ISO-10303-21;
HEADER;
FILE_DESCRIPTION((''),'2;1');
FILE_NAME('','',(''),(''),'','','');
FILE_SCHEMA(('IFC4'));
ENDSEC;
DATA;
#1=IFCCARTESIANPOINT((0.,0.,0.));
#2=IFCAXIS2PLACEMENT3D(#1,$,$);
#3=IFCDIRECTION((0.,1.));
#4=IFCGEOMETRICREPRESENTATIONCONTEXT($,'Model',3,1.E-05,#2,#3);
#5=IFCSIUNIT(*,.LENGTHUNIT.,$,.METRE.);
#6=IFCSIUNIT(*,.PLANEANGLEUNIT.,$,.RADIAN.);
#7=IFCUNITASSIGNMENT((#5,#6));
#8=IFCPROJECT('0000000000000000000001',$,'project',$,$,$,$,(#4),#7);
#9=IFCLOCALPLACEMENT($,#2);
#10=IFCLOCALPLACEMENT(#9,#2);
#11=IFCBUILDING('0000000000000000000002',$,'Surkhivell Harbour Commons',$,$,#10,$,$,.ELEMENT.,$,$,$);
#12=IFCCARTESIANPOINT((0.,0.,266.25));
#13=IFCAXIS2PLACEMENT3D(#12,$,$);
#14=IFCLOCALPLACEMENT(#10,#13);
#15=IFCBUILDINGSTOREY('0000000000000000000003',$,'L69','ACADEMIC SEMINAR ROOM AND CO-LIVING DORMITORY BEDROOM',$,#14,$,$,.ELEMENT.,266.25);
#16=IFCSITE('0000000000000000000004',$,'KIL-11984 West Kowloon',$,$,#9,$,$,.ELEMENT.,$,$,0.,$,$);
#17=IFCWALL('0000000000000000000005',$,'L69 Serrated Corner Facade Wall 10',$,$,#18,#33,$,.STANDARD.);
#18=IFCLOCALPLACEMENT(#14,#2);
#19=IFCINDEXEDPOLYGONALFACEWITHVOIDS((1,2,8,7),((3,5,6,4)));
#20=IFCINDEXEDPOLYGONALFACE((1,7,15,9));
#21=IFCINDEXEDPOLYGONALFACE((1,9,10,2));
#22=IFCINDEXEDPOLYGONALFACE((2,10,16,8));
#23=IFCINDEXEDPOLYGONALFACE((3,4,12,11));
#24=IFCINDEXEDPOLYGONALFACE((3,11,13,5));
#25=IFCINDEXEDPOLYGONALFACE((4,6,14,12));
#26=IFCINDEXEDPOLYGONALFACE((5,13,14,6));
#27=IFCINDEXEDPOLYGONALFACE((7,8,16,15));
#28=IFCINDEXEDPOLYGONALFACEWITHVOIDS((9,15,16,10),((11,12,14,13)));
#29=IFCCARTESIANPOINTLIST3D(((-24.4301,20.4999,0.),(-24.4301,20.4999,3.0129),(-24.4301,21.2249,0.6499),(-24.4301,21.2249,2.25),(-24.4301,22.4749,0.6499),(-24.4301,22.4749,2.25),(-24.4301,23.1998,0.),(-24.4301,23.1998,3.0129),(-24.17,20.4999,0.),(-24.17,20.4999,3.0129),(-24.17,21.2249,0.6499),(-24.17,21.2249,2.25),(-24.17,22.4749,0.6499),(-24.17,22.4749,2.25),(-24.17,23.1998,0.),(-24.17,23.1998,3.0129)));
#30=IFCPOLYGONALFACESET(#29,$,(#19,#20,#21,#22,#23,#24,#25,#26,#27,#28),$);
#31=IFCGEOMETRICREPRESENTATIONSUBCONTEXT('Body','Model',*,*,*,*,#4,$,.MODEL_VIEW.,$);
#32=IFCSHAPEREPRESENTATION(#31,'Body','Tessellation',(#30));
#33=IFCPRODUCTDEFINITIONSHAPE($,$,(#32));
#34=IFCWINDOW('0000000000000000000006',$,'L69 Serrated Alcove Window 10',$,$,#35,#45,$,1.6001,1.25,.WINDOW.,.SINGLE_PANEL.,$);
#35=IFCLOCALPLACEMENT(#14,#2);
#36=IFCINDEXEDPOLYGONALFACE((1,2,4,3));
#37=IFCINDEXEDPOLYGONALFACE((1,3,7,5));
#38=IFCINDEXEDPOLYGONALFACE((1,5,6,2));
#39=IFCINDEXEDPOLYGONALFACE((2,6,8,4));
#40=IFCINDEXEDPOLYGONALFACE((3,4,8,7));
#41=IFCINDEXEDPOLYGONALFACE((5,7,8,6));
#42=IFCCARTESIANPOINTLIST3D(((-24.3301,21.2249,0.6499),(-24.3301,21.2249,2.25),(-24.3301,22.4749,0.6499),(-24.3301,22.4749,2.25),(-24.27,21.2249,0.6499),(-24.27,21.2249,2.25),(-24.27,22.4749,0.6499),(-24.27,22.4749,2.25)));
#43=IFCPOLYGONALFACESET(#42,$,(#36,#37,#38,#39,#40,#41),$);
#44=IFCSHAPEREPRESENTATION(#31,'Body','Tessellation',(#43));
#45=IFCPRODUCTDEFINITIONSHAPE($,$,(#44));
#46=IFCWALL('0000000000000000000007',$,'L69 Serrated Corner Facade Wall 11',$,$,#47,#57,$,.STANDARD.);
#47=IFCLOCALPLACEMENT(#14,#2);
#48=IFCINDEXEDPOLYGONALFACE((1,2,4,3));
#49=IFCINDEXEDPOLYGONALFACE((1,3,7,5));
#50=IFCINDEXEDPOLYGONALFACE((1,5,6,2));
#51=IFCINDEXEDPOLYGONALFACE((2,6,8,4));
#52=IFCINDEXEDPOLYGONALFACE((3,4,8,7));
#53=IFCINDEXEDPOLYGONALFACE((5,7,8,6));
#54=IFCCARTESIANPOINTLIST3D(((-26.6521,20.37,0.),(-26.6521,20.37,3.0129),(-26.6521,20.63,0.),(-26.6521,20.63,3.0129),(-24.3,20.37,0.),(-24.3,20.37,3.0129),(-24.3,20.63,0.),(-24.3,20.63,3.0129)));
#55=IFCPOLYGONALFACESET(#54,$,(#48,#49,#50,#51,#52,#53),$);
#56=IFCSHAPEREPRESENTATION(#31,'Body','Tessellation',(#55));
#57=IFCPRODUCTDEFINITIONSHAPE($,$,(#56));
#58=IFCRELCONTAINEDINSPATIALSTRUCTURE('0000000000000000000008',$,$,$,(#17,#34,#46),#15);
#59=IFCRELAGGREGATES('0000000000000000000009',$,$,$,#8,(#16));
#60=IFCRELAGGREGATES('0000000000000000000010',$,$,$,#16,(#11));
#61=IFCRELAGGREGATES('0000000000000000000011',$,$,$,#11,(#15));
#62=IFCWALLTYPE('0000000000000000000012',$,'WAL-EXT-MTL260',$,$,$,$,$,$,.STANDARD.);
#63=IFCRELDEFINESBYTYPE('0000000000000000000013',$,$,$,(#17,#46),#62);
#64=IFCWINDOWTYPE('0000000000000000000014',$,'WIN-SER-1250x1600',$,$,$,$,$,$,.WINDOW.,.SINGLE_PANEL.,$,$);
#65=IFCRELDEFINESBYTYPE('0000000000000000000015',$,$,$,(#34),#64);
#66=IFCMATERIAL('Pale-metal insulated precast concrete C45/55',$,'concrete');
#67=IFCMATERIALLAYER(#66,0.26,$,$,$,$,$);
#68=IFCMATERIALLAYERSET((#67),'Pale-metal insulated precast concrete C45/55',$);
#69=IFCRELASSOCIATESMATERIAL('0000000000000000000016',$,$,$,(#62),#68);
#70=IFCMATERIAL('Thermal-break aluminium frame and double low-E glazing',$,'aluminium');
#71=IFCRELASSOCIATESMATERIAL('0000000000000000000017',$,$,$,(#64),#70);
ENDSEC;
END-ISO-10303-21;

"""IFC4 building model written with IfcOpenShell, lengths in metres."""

from ifc_helpers import new_model, si_unit, direction, frame, frame_2d, origin, place, context, subcontext, project, spatial, rectangle, extrude, material, layer, layer_set, type_object, element, fill, save


model = new_model("IFC4")

# Units and contexts
model_context = context("Model", 3, precision=1e-05, world=origin(), true_north=direction((0.0, 1.0)))
body_context = subcontext(model_context, "Body", "Model", "MODEL_VIEW")
ifc_project = project(units=[si_unit("LENGTHUNIT", "METRE"), si_unit("PLANEANGLEUNIT", "RADIAN")], contexts=[model_context])

# Site, building, storey
site_placement = place(None, origin())
site = spatial("IfcSite", under=ifc_project, at=site_placement, Name="KIL-11984 West Kowloon", CompositionType="ELEMENT", RefElevation=0.0)
building_placement = place(site_placement, origin())
building = spatial("IfcBuilding", under=site, at=building_placement, Name="Surkhivell Harbour Commons", CompositionType="ELEMENT")
storey_placement = place(building_placement, frame((0.0, 0.0, 266.25)))
storey = spatial("IfcBuildingStorey", under=building, at=storey_placement, Name="L69", Description="ACADEMIC SEMINAR ROOM AND CO-LIVING DORMITORY BEDROOM", CompositionType="ELEMENT", Elevation=266.25)

# Shared definitions
ifc_material_1 = material(Name="Pale-metal insulated precast concrete C45/55", Category="concrete")
ifc_layer_1 = layer(ifc_material_1, 0.26)
ifc_layer_set_1 = layer_set([ifc_layer_1], Name="Pale-metal insulated precast concrete C45/55")
wall_type = type_object("IfcWallType", Name="WAL-EXT-MTL260", PredefinedType="STANDARD", material=ifc_layer_set_1)

# Wall, opening, window
wall_1_placement = place(storey_placement, frame((-24.3, 23.2, 0.0), z_axis=(0.0, 0.0, 1.0), x_axis=(0.0, -1.0, 0.0)))
wall_1 = element("IfcWall", 1, at=wall_1_placement, inside=storey, type_object=wall_type, Name="L69 Serrated Corner Facade Wall 10", PredefinedType="STANDARD", context=body_context, shape_type="SweptSolid", body=[
    extrude(rectangle(XDim=2.7, YDim=0.26, at=frame_2d((1.3501, 0.0))), origin(), (0.0, 0.0, 1.0), 3.0129),
])
opening_placement = place(wall_1_placement, frame((0.7251, 0.0, 0.6499)))
opening = element("IfcOpeningElement", 2, at=opening_placement, cuts=wall_1, PredefinedType="OPENING", context=body_context, shape_type="SweptSolid", body=[
    extrude(rectangle(XDim=1.25, YDim=1.6001, at=frame_2d((0.625, 0.8))), frame((0.0, 0.1399, 0.0), z_axis=(0.0, -1.0, 0.0), x_axis=(1.0, 0.0, 0.0)), (0.0, 0.0, 1.0), 0.28),
])
ifc_material_2 = material(Name="Thermal-break aluminium frame and double low-E glazing", Category="aluminium")
window_type = type_object("IfcWindowType", Name="WIN-SER-1250x1600", PartitioningType="SINGLE_PANEL", PredefinedType="WINDOW", material=ifc_material_2)
window_placement = place(opening_placement, origin())
window = element("IfcWindow", 3, at=window_placement, inside=storey, type_object=window_type, Name="L69 Serrated Alcove Window 10", OverallHeight=1.6001, OverallWidth=1.25, PartitioningType="SINGLE_PANEL", PredefinedType="WINDOW", context=body_context, shape_type="SweptSolid", body=[
    extrude(rectangle(XDim=1.25, YDim=1.6001, at=frame_2d((0.625, 0.8))), frame((0.0, 0.03, 0.0), z_axis=(0.0, -1.0, 0.0), x_axis=(1.0, 0.0, 0.0)), (0.0, 0.0, 1.0), 0.0601),
])
fill(opening, window)

# Wall
wall_2_placement = place(storey_placement, frame((-24.3, 20.5, 0.0), z_axis=(0.0, 0.0, 1.0), x_axis=(-1.0, 0.0, 0.0)))
element("IfcWall", 4, at=wall_2_placement, inside=storey, type_object=wall_type, Name="L69 Serrated Corner Facade Wall 11", PredefinedType="STANDARD", context=body_context, shape_type="SweptSolid", body=[
    extrude(rectangle(XDim=2.3521, YDim=0.26, at=frame_2d((1.176, 0.0))), origin(), (0.0, 0.0, 1.0), 3.0129),
])

save(model, "model.ifc")
